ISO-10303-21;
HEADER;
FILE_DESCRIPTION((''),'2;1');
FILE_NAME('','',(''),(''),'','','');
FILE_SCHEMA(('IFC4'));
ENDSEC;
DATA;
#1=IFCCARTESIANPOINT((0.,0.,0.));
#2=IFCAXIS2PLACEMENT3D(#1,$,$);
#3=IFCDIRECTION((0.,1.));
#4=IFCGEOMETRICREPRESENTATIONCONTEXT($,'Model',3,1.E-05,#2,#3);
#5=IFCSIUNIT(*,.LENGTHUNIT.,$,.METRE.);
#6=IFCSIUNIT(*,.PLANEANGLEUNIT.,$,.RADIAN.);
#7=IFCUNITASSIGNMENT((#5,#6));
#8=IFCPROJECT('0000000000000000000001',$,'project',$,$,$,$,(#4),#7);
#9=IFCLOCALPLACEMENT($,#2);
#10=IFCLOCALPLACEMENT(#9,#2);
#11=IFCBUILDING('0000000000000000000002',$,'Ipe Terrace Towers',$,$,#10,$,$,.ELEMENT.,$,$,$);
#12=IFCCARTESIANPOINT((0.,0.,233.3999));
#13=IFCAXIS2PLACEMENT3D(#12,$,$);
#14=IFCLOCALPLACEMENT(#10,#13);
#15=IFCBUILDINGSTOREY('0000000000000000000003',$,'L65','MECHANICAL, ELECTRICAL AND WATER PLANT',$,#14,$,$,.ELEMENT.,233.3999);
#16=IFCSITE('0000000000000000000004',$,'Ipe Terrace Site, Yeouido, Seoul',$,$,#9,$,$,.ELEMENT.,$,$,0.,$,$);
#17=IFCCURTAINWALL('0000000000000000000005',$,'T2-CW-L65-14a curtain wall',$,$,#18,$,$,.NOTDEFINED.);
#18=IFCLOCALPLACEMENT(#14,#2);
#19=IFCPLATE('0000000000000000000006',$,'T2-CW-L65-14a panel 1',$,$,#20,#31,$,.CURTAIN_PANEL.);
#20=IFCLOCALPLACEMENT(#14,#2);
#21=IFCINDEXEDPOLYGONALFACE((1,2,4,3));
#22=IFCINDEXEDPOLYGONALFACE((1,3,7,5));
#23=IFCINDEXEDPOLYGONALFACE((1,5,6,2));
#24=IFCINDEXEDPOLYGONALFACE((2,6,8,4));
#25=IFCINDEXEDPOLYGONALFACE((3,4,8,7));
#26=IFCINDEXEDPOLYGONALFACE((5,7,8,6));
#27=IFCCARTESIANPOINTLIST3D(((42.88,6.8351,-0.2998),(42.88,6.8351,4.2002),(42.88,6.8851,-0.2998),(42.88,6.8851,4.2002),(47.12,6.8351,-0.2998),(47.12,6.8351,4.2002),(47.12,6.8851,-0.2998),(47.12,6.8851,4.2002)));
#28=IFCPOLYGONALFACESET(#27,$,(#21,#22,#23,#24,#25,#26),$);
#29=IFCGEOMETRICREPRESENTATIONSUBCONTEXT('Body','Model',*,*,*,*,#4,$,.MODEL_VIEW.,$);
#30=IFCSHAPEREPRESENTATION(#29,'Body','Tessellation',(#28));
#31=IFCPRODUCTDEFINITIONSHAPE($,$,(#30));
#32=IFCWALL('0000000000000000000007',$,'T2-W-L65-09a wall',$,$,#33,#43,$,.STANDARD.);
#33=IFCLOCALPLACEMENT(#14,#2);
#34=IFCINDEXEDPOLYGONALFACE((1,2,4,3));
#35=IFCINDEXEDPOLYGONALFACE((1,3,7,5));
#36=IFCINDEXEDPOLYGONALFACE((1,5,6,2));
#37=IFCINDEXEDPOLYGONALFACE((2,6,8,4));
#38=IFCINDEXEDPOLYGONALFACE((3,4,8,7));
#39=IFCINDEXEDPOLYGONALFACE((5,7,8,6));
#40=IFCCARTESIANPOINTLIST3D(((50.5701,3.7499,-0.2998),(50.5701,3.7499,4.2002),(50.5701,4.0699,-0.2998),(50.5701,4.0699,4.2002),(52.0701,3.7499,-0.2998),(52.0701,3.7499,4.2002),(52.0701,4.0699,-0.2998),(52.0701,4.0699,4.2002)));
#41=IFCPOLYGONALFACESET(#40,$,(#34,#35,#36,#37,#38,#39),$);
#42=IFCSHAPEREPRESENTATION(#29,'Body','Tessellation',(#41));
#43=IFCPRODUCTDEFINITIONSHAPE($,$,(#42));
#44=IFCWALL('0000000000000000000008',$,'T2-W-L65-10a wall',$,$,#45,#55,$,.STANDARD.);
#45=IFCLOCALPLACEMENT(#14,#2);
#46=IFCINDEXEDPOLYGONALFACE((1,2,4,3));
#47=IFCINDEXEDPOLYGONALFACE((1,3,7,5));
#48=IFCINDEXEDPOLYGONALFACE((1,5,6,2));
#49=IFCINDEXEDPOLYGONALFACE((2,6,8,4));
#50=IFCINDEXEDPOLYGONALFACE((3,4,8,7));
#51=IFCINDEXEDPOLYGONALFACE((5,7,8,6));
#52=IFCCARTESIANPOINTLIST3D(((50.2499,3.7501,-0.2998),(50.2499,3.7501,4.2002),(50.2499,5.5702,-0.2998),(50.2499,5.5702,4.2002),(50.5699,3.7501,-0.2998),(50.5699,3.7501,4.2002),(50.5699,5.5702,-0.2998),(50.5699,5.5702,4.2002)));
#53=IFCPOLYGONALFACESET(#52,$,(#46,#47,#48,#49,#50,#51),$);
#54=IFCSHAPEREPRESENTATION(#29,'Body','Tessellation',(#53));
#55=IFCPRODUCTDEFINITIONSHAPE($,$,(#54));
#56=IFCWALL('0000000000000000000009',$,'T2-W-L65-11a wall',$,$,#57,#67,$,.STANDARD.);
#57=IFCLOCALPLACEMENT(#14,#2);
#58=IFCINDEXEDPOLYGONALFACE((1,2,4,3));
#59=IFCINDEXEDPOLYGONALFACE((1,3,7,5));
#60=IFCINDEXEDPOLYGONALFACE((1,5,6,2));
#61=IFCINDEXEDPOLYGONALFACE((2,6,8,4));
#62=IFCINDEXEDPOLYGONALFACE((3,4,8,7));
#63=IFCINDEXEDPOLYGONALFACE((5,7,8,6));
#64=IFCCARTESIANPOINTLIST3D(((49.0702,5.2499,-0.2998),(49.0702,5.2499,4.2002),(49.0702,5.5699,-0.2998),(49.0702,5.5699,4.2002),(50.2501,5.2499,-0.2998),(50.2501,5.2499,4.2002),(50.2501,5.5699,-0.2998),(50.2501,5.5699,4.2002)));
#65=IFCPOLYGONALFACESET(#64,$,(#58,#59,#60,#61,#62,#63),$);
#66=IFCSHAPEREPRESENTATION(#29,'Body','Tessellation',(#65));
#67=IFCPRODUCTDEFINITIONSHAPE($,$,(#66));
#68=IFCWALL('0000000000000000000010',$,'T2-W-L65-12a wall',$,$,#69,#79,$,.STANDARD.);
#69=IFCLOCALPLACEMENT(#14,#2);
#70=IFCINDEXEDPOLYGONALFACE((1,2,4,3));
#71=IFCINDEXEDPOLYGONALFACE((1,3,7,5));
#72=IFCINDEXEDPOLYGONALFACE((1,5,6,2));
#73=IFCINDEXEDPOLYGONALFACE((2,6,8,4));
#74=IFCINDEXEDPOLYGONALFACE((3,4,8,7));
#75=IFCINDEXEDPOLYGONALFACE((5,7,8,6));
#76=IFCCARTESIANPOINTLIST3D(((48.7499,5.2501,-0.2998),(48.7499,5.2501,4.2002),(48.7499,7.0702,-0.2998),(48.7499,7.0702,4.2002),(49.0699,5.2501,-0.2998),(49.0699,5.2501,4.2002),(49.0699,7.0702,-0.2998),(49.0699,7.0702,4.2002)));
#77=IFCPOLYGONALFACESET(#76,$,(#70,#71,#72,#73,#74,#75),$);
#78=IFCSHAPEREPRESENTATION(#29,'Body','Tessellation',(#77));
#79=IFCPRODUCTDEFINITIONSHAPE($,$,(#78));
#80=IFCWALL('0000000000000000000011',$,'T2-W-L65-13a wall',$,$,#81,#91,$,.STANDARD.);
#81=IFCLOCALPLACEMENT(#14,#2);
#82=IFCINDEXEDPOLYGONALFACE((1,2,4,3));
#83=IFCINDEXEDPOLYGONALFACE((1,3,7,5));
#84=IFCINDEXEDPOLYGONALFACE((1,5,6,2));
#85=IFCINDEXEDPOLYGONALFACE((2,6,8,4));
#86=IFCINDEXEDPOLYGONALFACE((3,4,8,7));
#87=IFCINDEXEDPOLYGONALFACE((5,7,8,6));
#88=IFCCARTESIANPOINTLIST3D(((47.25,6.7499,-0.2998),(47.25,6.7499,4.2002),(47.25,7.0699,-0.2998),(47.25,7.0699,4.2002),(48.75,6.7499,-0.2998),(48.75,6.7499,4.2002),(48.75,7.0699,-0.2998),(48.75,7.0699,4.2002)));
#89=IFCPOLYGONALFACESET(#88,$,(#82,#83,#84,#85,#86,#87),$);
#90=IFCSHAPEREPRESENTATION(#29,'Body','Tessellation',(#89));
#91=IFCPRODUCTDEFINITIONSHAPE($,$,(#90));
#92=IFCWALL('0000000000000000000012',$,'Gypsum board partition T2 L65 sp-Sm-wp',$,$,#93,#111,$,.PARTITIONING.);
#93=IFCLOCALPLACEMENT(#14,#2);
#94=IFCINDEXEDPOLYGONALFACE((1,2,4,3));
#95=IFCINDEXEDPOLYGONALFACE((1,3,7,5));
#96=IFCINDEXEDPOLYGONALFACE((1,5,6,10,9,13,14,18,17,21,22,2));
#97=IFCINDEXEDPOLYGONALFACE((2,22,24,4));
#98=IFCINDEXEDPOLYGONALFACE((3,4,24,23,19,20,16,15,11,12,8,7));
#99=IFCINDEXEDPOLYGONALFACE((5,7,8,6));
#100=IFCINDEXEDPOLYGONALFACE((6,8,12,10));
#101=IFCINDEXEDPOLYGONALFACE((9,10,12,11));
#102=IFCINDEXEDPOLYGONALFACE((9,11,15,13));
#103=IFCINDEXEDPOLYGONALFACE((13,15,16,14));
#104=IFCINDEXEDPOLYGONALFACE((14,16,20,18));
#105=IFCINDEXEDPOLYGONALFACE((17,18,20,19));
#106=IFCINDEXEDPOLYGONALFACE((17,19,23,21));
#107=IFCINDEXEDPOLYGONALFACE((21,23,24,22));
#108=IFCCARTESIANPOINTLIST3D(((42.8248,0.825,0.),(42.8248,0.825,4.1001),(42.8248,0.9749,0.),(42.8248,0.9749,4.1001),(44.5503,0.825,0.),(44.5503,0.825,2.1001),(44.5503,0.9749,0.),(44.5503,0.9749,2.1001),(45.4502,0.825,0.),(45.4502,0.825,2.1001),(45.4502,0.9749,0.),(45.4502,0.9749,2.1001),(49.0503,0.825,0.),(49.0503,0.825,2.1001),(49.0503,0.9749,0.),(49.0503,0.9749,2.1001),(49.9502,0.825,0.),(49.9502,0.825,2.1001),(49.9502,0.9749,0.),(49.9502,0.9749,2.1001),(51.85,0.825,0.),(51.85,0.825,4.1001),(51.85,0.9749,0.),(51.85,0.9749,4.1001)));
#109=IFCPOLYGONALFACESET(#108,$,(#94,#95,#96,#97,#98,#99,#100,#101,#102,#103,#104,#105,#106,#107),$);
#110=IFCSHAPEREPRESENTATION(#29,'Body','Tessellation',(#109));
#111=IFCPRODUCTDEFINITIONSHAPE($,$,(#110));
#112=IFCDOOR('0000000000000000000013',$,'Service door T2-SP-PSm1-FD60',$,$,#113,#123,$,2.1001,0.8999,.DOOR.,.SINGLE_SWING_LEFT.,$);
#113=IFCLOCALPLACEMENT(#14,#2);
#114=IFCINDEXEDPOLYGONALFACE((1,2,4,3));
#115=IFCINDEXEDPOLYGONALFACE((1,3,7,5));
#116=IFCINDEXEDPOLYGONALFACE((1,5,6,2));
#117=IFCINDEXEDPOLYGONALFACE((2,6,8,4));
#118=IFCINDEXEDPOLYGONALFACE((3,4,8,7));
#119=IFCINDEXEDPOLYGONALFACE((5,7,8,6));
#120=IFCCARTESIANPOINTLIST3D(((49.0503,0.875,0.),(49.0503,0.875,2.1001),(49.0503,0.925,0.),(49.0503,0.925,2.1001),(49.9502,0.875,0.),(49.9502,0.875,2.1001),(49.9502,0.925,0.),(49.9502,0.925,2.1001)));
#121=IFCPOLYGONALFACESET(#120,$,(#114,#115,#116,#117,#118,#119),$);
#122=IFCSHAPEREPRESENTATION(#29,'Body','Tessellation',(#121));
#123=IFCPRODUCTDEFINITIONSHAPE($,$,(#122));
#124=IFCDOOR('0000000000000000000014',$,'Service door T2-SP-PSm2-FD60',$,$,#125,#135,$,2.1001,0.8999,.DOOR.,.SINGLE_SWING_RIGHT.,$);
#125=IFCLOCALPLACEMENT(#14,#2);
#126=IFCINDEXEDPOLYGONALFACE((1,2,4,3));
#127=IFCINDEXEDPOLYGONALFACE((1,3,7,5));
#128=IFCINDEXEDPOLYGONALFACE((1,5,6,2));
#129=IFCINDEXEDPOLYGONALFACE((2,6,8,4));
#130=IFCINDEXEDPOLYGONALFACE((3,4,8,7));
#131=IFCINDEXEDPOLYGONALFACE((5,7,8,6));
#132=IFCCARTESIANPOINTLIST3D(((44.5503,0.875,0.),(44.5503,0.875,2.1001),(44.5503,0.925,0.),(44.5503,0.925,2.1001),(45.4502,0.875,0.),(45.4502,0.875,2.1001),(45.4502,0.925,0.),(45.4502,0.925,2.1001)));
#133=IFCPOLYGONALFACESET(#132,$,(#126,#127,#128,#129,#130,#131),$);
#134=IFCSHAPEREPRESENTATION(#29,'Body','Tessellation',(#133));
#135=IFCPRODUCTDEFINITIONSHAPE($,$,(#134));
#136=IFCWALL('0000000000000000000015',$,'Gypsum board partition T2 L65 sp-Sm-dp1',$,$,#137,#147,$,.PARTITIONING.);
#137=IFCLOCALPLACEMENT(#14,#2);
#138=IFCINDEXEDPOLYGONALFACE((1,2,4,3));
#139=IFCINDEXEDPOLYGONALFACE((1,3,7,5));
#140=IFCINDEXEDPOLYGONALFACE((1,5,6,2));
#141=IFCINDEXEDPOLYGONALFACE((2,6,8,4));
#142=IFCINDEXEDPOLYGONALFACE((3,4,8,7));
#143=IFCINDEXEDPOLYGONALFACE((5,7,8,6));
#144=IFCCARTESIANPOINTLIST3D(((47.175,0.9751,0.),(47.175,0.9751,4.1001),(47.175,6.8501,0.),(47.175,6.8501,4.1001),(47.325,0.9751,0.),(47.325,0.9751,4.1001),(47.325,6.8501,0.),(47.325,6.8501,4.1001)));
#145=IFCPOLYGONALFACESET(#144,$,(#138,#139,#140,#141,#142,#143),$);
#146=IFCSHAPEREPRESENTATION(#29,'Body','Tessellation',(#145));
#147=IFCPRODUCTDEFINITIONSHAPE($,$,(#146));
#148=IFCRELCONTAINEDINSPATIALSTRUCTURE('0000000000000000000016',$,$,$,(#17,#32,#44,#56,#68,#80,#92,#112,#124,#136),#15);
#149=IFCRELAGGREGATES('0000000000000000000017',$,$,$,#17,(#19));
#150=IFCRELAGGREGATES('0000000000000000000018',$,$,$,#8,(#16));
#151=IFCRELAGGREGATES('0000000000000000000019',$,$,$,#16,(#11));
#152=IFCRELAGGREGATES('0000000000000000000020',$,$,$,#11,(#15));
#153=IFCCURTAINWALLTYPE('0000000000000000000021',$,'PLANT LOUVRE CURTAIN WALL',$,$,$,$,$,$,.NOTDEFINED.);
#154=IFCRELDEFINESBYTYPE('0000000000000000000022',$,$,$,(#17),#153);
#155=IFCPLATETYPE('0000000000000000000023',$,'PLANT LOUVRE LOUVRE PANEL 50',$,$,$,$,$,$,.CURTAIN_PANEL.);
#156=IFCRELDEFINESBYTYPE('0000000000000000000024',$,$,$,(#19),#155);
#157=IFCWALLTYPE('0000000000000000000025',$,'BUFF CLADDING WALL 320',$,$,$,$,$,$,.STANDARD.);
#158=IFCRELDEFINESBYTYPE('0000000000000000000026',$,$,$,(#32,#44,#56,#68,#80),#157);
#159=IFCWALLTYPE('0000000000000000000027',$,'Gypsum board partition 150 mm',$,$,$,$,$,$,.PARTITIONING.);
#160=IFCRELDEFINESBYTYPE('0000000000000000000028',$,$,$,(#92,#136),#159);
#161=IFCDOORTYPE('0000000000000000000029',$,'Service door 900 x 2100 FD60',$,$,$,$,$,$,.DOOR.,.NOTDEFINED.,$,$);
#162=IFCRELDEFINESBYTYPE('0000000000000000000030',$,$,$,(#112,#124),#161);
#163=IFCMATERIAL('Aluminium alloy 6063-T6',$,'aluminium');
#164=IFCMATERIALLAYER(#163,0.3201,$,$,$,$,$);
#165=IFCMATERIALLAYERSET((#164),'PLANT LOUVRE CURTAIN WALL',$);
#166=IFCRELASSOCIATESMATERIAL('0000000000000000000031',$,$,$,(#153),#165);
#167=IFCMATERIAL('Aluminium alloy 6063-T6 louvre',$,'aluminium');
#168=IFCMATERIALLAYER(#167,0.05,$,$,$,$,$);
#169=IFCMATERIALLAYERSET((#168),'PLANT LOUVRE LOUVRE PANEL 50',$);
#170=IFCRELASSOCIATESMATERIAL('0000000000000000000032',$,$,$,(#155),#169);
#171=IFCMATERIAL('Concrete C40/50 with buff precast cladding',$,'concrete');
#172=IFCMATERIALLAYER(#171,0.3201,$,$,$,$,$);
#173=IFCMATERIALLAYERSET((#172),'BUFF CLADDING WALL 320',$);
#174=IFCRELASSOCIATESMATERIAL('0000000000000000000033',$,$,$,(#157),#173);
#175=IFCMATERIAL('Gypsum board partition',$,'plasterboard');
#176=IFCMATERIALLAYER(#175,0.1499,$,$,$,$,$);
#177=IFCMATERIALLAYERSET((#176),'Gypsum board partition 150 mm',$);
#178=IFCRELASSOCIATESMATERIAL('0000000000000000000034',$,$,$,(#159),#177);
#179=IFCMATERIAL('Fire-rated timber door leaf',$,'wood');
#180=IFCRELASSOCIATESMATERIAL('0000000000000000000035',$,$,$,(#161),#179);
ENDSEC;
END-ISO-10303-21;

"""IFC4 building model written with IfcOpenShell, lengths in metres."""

from ifc_helpers import new_model, si_unit, direction, frame, frame_2d, origin, origin_2d, place, context, subcontext, project, spatial, rectangle, extrude, material, layer, layer_set, type_object, element, fill, aggregate, save


model = new_model("IFC4")

# Units and contexts
model_context = context("Model", 3, precision=1e-05, world=origin(), true_north=direction((0.0, 1.0)))
body_context = subcontext(model_context, "Body", "Model", "MODEL_VIEW")
ifc_project = project(units=[si_unit("LENGTHUNIT", "METRE"), si_unit("PLANEANGLEUNIT", "RADIAN")], contexts=[model_context])

# Site, building, storey
site_placement = place(None, origin())
site = spatial("IfcSite", under=ifc_project, at=site_placement, Name="Ipe Terrace Site, Yeouido, Seoul", CompositionType="ELEMENT", RefElevation=0.0)
building_placement = place(site_placement, origin())
building = spatial("IfcBuilding", under=site, at=building_placement, Name="Ipe Terrace Towers", CompositionType="ELEMENT")
storey_placement = place(building_placement, frame((0.0, 0.0, 233.3999)))
storey = spatial("IfcBuildingStorey", under=building, at=storey_placement, Name="L65", Description="MECHANICAL, ELECTRICAL AND WATER PLANT", CompositionType="ELEMENT", Elevation=233.3999)

# Shared definitions
ifc_material_1 = material(Name="Aluminium alloy 6063-T6", Category="aluminium")
ifc_layer_1 = layer(ifc_material_1, 0.3201)
ifc_layer_set_1 = layer_set([ifc_layer_1], Name="PLANT LOUVRE CURTAIN WALL")
curtain_wall_type = type_object("IfcCurtainWallType", Name="PLANT LOUVRE CURTAIN WALL", PredefinedType="NOTDEFINED", material=ifc_layer_set_1)

# Curtain wall
curtain_wall_1_placement = place(storey_placement, origin())
curtain_wall_1 = element("IfcCurtainWall", 1, at=curtain_wall_1_placement, inside=storey, type_object=curtain_wall_type, Name="T2-CW-L65-14a curtain wall", PredefinedType="NOTDEFINED")

# Plate
ifc_material_2 = material(Name="Aluminium alloy 6063-T6 louvre", Category="aluminium")
ifc_layer_2 = layer(ifc_material_2, 0.05)
ifc_layer_set_2 = layer_set([ifc_layer_2], Name="PLANT LOUVRE LOUVRE PANEL 50")
plate_type = type_object("IfcPlateType", Name="PLANT LOUVRE LOUVRE PANEL 50", PredefinedType="CURTAIN_PANEL", material=ifc_layer_set_2)
plate_1_placement = place(storey_placement, frame((45.0, 6.8601, -0.2998), z_axis=(0.0, 0.0, 1.0), x_axis=(-1.0, 0.0, 0.0)))
plate_1 = element("IfcPlate", 2, at=plate_1_placement, type_object=plate_type, Name="T2-CW-L65-14a panel 1", PredefinedType="CURTAIN_PANEL", context=body_context, shape_type="SweptSolid", body=[
    extrude(rectangle(XDim=4.24, YDim=0.05, at=origin_2d()), origin(), (0.0, 0.0, 1.0), 4.5),
])
aggregate(curtain_wall_1, [plate_1])

# Walls
ifc_material_3 = material(Name="Concrete C40/50 with buff precast cladding", Category="concrete")
ifc_layer_3 = layer(ifc_material_3, 0.3201)
ifc_layer_set_3 = layer_set([ifc_layer_3], Name="BUFF CLADDING WALL 320")
wall_type_1 = type_object("IfcWallType", Name="BUFF CLADDING WALL 320", PredefinedType="STANDARD", material=ifc_layer_set_3)
wall_1_placement = place(storey_placement, frame((52.0701, 3.9099, -0.2998), z_axis=(0.0, 0.0, 1.0), x_axis=(-1.0, 0.0, 0.0)))
element("IfcWall", 3, at=wall_1_placement, inside=storey, type_object=wall_type_1, Name="T2-W-L65-09a wall", PredefinedType="STANDARD", context=body_context, shape_type="SweptSolid", body=[
    extrude(rectangle(XDim=1.5, YDim=0.3201, at=frame_2d((0.75, 0.0))), origin(), (0.0, 0.0, 1.0), 4.5),
])
wall_2_placement = place(storey_placement, frame((50.4099, 3.75, -0.2998), z_axis=(0.0, 0.0, 1.0), x_axis=(0.0, 1.0, 0.0)))
element("IfcWall", 4, at=wall_2_placement, inside=storey, type_object=wall_type_1, Name="T2-W-L65-10a wall", PredefinedType="STANDARD", context=body_context, shape_type="SweptSolid", body=[
    extrude(rectangle(XDim=1.8201, YDim=0.3201, at=frame_2d((0.9102, 0.0))), origin(), (0.0, 0.0, 1.0), 4.5),
])
wall_3_placement = place(storey_placement, frame((50.25, 5.4099, -0.2998), z_axis=(0.0, 0.0, 1.0), x_axis=(-1.0, 0.0, 0.0)))
element("IfcWall", 5, at=wall_3_placement, inside=storey, type_object=wall_type_1, Name="T2-W-L65-11a wall", PredefinedType="STANDARD", context=body_context, shape_type="SweptSolid", body=[
    extrude(rectangle(XDim=1.1799, YDim=0.3201, at=frame_2d((0.5898, 0.0))), origin(), (0.0, 0.0, 1.0), 4.5),
])
wall_4_placement = place(storey_placement, frame((48.9099, 5.25, -0.2998), z_axis=(0.0, 0.0, 1.0), x_axis=(0.0, 1.0, 0.0)))
element("IfcWall", 6, at=wall_4_placement, inside=storey, type_object=wall_type_1, Name="T2-W-L65-12a wall", PredefinedType="STANDARD", context=body_context, shape_type="SweptSolid", body=[
    extrude(rectangle(XDim=1.8201, YDim=0.3201, at=frame_2d((0.9102, 0.0))), origin(), (0.0, 0.0, 1.0), 4.5),
])
wall_5_placement = place(storey_placement, frame((48.75, 6.9099, -0.2998), z_axis=(0.0, 0.0, 1.0), x_axis=(-1.0, 0.0, 0.0)))
element("IfcWall", 7, at=wall_5_placement, inside=storey, type_object=wall_type_1, Name="T2-W-L65-13a wall", PredefinedType="STANDARD", context=body_context, shape_type="SweptSolid", body=[
    extrude(rectangle(XDim=1.5, YDim=0.3201, at=frame_2d((0.75, 0.0))), origin(), (0.0, 0.0, 1.0), 4.5),
])

# Wall, openings, doors
ifc_material_4 = material(Name="Gypsum board partition", Category="plasterboard")
ifc_layer_4 = layer(ifc_material_4, 0.1499)
ifc_layer_set_4 = layer_set([ifc_layer_4], Name="Gypsum board partition 150 mm")
wall_type_2 = type_object("IfcWallType", Name="Gypsum board partition 150 mm", PredefinedType="PARTITIONING", material=ifc_layer_set_4)
wall_6_placement = place(storey_placement, frame((51.8501, 0.8999, 0.0), z_axis=(0.0, 0.0, 1.0), x_axis=(-1.0, 0.0, 0.0)))
wall_6 = element("IfcWall", 8, at=wall_6_placement, inside=storey, type_object=wall_type_2, Name="Gypsum board partition T2 L65 sp-Sm-wp", PredefinedType="PARTITIONING", context=body_context, shape_type="SweptSolid", body=[
    extrude(rectangle(XDim=9.0251, YDim=0.1499, at=frame_2d((4.5127, 0.0))), origin(), (0.0, 0.0, 1.0), 4.1001),
])
opening_1_placement = place(wall_6_placement, frame((1.8999, 0.0, 0.0)))
opening_1 = element("IfcOpeningElement", 9, at=opening_1_placement, cuts=wall_6, PredefinedType="OPENING", context=body_context, shape_type="SweptSolid", body=[
    extrude(rectangle(XDim=0.8999, YDim=2.1001, at=frame_2d((0.45, 1.05))), frame((0.0, 0.085, 0.0), z_axis=(0.0, -1.0, 0.0), x_axis=(1.0, 0.0, 0.0)), (0.0, 0.0, 1.0), 0.1699),
])
opening_2_placement = place(wall_6_placement, frame((6.3999, 0.0, 0.0)))
opening_2 = element("IfcOpeningElement", 10, at=opening_2_placement, cuts=wall_6, PredefinedType="OPENING", context=body_context, shape_type="SweptSolid", body=[
    extrude(rectangle(XDim=0.8999, YDim=2.1001, at=frame_2d((0.45, 1.05))), frame((0.0, 0.085, 0.0), z_axis=(0.0, -1.0, 0.0), x_axis=(1.0, 0.0, 0.0)), (0.0, 0.0, 1.0), 0.1699),
])
ifc_material_5 = material(Name="Fire-rated timber door leaf", Category="wood")
door_type = type_object("IfcDoorType", Name="Service door 900 x 2100 FD60", OperationType="NOTDEFINED", PredefinedType="DOOR", material=ifc_material_5)
door_1_placement = place(opening_1_placement, origin())
door_1 = element("IfcDoor", 11, at=door_1_placement, inside=storey, type_object=door_type, Name="Service door T2-SP-PSm1-FD60", OperationType="SINGLE_SWING_LEFT", OverallHeight=2.1001, OverallWidth=0.8999, PredefinedType="DOOR", context=body_context, shape_type="SweptSolid", body=[
    extrude(rectangle(XDim=0.8999, YDim=2.1001, at=frame_2d((0.45, 1.05))), frame((0.0, 0.0249, 0.0), z_axis=(0.0, -1.0, 0.0), x_axis=(1.0, 0.0, 0.0)), (0.0, 0.0, 1.0), 0.05),
])
fill(opening_1, door_1)
door_2_placement = place(opening_2_placement, origin())
door_2 = element("IfcDoor", 12, at=door_2_placement, inside=storey, type_object=door_type, Name="Service door T2-SP-PSm2-FD60", OperationType="SINGLE_SWING_RIGHT", OverallHeight=2.1001, OverallWidth=0.8999, PredefinedType="DOOR", context=body_context, shape_type="SweptSolid", body=[
    extrude(rectangle(XDim=0.8999, YDim=2.1001, at=frame_2d((0.45, 1.05))), frame((0.0, 0.0249, 0.0), z_axis=(0.0, -1.0, 0.0), x_axis=(1.0, 0.0, 0.0)), (0.0, 0.0, 1.0), 0.05),
])
fill(opening_2, door_2)

# Wall
wall_7_placement = place(storey_placement, frame((47.25, 0.9751, 0.0), z_axis=(0.0, 0.0, 1.0), x_axis=(0.0, 1.0, 0.0)))
element("IfcWall", 13, at=wall_7_placement, inside=storey, type_object=wall_type_2, Name="Gypsum board partition T2 L65 sp-Sm-dp1", PredefinedType="PARTITIONING", context=body_context, shape_type="SweptSolid", body=[
    extrude(rectangle(XDim=5.875, YDim=0.1499, at=frame_2d((2.9375, 0.0))), origin(), (0.0, 0.0, 1.0), 4.1001),
])

save(model, "model.ifc")
